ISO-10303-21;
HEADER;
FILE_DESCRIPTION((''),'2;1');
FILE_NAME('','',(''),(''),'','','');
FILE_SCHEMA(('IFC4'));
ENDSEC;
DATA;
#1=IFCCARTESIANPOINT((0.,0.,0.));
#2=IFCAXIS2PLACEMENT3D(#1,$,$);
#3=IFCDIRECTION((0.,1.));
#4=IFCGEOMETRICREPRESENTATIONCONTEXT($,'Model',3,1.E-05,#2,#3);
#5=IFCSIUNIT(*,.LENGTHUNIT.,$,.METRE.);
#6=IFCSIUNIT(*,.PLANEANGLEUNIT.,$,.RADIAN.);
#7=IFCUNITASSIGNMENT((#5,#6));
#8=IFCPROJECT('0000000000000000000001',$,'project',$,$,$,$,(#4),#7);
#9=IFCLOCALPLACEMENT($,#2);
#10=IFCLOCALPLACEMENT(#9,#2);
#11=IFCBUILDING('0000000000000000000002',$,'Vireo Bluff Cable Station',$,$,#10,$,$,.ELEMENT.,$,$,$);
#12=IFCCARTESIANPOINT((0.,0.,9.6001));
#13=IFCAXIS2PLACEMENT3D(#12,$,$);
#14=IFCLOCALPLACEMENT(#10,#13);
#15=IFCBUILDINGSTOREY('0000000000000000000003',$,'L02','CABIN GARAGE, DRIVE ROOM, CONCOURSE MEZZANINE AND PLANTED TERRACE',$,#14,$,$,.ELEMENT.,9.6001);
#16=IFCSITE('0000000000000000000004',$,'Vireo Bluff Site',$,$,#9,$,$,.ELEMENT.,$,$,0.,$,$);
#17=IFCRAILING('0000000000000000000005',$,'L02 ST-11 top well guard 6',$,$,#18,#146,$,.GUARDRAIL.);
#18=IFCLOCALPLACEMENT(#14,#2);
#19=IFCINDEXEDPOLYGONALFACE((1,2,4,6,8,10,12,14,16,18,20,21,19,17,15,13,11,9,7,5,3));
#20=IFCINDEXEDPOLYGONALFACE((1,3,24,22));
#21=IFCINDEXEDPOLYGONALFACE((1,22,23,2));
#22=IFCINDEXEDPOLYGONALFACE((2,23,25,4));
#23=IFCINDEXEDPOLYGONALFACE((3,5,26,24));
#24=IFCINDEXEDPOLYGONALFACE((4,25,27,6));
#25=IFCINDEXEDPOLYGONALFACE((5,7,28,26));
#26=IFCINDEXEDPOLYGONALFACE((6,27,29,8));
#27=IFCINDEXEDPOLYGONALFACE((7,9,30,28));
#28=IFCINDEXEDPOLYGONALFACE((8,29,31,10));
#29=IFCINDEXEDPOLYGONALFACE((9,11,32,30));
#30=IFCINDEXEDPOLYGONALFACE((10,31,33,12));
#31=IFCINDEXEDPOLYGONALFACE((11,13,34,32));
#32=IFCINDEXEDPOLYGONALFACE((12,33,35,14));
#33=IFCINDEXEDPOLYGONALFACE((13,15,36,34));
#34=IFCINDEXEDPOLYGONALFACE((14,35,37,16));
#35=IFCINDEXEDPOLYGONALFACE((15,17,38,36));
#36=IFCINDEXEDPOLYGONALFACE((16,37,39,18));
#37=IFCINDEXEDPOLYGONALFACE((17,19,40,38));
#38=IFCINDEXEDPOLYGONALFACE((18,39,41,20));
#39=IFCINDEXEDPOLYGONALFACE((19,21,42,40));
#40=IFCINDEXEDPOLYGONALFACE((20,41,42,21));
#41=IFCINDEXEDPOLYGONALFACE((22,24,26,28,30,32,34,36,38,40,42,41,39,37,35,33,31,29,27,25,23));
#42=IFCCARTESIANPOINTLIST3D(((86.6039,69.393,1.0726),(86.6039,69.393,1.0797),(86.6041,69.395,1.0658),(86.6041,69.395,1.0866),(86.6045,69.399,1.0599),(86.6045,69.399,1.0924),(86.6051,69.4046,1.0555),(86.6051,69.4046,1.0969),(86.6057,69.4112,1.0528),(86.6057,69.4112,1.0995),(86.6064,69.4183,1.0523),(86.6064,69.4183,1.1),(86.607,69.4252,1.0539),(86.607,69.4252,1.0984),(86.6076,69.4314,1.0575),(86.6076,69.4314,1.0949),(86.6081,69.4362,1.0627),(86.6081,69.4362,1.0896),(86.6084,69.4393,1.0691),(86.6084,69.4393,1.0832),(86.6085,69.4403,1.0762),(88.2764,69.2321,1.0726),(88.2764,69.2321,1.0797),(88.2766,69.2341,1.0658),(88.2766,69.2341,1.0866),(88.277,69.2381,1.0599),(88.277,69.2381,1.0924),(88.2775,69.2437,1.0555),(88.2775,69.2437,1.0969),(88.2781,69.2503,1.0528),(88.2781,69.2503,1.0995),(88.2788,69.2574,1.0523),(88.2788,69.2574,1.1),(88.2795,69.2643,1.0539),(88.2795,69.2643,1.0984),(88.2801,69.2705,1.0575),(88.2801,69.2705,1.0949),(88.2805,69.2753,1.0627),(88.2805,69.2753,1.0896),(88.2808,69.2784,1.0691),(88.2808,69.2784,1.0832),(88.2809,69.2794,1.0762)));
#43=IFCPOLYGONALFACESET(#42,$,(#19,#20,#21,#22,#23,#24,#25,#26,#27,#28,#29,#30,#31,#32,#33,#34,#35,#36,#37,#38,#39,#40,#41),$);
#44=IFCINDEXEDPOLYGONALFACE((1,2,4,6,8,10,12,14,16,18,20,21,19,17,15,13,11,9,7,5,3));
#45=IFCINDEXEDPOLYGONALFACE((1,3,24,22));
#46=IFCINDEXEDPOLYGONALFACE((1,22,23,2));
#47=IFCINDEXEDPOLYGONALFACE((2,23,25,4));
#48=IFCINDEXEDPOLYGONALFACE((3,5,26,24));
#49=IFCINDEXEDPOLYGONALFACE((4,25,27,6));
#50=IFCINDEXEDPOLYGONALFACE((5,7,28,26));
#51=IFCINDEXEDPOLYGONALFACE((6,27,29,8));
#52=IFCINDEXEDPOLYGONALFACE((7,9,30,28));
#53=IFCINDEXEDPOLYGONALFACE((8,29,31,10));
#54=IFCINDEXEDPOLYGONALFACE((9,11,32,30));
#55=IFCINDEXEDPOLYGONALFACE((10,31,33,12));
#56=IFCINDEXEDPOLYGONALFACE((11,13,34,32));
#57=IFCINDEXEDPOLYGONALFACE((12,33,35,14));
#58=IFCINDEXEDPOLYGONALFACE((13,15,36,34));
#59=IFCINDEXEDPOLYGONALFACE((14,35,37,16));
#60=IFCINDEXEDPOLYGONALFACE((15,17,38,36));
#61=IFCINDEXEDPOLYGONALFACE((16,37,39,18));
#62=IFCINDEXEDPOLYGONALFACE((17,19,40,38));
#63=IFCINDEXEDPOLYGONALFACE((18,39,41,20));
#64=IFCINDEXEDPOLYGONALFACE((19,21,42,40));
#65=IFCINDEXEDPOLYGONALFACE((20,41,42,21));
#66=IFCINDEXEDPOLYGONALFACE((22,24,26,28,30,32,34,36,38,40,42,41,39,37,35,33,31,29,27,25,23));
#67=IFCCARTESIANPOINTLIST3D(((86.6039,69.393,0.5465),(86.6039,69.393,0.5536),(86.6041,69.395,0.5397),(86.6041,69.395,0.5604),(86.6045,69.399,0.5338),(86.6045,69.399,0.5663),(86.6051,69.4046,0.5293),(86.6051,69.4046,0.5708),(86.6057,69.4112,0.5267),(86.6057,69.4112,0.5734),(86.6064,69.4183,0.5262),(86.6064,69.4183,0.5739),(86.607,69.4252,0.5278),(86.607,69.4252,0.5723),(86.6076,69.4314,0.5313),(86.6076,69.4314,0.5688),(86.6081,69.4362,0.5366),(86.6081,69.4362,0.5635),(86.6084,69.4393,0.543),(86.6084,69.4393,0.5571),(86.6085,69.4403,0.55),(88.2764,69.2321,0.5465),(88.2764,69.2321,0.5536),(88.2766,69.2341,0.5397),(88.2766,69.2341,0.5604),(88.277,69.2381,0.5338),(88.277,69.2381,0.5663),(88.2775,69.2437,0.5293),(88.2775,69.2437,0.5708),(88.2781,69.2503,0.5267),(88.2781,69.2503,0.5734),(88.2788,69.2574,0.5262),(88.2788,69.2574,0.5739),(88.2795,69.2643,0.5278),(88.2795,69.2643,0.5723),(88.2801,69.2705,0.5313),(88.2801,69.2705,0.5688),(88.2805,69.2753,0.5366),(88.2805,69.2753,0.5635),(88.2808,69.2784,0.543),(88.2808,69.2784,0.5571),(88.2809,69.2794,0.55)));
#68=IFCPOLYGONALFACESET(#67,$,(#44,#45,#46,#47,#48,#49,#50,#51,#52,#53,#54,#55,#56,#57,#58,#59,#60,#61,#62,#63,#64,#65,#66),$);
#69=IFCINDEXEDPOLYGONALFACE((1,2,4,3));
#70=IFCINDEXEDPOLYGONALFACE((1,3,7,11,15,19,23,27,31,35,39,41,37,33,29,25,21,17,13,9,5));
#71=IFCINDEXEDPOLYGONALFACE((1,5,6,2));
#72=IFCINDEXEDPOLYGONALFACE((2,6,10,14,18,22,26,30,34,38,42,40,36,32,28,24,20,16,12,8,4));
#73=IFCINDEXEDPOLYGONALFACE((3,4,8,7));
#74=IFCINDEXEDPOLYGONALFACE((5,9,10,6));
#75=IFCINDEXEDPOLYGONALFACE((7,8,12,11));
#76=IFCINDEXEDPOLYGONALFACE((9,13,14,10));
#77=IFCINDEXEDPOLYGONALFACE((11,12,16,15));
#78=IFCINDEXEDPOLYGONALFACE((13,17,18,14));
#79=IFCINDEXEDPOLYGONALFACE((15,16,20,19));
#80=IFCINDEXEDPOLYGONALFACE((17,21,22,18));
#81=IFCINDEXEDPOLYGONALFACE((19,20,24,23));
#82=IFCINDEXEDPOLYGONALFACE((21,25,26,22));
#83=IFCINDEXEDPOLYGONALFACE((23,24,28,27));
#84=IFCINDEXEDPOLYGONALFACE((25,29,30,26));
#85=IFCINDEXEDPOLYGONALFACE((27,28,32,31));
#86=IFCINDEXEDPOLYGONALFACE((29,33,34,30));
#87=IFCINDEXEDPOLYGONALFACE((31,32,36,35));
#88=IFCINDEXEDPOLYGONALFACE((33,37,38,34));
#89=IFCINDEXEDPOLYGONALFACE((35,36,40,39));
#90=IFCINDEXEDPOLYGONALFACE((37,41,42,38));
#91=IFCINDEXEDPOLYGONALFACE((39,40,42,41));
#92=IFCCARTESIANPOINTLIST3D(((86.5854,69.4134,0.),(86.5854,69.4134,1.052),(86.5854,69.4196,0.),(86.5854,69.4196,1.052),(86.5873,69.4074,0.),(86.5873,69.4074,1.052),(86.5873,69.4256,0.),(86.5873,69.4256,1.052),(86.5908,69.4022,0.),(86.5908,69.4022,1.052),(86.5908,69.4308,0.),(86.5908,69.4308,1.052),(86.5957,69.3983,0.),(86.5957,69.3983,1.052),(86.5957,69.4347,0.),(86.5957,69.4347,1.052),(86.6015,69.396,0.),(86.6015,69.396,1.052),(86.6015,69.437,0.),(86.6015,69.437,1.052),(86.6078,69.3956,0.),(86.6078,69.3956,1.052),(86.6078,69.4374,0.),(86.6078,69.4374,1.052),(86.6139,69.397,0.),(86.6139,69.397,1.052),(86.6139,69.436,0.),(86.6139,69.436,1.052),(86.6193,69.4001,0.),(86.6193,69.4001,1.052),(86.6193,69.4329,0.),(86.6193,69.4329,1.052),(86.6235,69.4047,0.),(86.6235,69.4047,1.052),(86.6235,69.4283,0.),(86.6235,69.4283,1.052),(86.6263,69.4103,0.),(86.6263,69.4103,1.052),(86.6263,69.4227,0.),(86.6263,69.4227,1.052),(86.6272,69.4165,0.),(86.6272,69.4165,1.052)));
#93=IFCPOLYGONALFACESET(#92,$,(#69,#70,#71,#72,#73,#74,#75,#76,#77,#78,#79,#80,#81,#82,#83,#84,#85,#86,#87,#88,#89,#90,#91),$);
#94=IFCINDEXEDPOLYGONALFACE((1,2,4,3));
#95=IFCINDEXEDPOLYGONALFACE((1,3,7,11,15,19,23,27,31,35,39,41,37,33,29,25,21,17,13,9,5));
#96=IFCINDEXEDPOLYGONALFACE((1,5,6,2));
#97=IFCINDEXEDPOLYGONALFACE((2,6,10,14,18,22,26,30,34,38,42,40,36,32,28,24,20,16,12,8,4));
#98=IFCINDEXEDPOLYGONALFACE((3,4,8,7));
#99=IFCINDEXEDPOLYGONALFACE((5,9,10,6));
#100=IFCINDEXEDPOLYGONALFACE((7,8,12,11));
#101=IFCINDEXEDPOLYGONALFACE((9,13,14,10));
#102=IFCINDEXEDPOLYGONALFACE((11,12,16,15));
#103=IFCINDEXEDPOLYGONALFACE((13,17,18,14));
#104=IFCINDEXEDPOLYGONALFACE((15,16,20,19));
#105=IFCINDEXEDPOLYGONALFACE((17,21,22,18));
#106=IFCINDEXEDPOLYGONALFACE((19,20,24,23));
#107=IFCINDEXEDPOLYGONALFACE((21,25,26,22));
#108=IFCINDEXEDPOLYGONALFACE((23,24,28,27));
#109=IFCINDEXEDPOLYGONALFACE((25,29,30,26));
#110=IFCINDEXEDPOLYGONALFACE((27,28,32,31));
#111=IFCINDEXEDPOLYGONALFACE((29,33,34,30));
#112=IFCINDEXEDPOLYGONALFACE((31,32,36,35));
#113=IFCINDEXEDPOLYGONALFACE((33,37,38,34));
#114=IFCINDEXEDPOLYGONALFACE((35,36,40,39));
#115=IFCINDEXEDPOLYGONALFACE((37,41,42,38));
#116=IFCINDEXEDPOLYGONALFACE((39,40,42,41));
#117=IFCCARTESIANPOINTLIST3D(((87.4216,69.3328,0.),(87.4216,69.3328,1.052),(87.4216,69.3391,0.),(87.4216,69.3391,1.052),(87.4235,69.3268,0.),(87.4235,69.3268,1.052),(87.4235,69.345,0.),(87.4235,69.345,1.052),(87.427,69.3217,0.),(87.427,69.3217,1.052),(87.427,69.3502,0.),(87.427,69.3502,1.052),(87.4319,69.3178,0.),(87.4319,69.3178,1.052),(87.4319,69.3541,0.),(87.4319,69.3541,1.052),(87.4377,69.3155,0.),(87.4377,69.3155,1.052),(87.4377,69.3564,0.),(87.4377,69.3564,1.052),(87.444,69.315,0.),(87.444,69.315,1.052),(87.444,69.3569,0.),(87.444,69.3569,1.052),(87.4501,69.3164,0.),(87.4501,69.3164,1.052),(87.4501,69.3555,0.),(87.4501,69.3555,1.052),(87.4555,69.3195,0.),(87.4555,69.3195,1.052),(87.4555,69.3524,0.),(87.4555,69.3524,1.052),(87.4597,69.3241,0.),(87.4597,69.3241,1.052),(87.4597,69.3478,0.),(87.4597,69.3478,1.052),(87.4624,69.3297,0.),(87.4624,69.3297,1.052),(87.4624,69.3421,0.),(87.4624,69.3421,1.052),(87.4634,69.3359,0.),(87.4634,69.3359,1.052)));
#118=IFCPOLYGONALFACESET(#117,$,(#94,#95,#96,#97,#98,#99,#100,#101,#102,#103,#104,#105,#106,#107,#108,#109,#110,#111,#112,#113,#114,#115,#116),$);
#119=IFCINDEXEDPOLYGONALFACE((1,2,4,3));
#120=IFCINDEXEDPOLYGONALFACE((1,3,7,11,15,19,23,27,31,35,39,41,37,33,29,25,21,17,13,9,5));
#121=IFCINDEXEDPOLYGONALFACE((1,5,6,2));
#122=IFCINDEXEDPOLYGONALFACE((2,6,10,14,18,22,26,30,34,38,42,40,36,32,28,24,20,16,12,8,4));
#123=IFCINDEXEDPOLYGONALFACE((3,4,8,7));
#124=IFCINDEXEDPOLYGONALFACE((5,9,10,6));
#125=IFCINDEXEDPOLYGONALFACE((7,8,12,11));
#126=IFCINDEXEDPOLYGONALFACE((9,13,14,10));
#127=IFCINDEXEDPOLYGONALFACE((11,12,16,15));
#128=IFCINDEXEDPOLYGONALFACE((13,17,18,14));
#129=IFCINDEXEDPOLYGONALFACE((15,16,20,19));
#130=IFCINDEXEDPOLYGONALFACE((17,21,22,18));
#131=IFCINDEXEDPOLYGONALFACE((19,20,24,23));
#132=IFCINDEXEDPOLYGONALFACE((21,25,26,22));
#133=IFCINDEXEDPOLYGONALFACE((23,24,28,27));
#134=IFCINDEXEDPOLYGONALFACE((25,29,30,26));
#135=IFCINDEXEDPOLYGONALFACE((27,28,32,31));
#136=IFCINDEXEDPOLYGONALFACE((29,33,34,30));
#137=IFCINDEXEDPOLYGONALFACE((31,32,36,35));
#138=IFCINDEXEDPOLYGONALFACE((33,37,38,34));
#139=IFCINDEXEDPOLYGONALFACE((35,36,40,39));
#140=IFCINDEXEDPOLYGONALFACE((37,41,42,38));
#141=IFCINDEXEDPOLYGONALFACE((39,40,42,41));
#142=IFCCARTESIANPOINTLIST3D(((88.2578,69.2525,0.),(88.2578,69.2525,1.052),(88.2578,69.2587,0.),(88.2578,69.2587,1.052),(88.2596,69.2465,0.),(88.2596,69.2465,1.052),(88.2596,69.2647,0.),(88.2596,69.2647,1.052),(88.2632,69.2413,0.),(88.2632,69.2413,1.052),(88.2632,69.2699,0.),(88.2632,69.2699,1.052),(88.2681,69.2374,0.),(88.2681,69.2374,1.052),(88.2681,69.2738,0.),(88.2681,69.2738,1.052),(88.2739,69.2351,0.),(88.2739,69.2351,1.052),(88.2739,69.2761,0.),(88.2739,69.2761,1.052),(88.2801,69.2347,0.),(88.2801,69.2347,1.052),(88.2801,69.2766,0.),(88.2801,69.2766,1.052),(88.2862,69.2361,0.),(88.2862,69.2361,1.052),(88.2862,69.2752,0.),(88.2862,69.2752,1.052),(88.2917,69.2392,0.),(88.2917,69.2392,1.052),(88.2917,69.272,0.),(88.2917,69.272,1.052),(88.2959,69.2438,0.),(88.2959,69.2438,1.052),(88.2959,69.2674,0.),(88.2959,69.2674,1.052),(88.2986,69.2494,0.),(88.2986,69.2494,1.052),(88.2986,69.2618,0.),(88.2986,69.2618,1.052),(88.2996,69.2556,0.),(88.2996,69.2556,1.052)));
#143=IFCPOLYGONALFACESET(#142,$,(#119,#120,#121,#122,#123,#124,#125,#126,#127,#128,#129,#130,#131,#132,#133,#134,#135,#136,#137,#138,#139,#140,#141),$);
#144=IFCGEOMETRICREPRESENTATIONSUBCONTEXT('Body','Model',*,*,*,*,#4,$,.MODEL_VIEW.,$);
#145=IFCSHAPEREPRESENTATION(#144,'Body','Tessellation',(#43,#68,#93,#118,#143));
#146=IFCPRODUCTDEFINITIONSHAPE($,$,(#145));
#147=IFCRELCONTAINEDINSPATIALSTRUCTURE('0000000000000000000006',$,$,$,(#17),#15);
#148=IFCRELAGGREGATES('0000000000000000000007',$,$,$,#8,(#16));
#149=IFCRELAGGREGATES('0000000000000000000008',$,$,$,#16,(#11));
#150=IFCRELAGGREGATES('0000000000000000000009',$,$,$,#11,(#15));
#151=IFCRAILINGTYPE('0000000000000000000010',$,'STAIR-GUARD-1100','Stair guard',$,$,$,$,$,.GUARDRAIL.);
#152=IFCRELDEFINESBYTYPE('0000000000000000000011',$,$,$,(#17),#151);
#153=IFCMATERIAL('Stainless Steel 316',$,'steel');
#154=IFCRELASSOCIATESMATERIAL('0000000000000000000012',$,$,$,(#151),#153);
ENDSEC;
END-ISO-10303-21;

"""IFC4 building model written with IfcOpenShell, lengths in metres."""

from ifc_helpers import new_model, si_unit, direction, frame, origin, origin_2d, place, context, subcontext, project, spatial, circle, extrude, material, type_object, element, save


model = new_model("IFC4")

# Units and contexts
model_context = context("Model", 3, precision=1e-05, world=origin(), true_north=direction((0.0, 1.0)))
body_context = subcontext(model_context, "Body", "Model", "MODEL_VIEW")
ifc_project = project(units=[si_unit("LENGTHUNIT", "METRE"), si_unit("PLANEANGLEUNIT", "RADIAN")], contexts=[model_context])

# Site, building, storey
site_placement = place(None, origin())
site = spatial("IfcSite", under=ifc_project, at=site_placement, Name="Vireo Bluff Site", CompositionType="ELEMENT", RefElevation=0.0)
building_placement = place(site_placement, origin())
building = spatial("IfcBuilding", under=site, at=building_placement, Name="Vireo Bluff Cable Station", CompositionType="ELEMENT")
storey_placement = place(building_placement, frame((0.0, 0.0, 9.6001)))
storey = spatial("IfcBuildingStorey", under=building, at=storey_placement, Name="L02", Description="CABIN GARAGE, DRIVE ROOM, CONCOURSE MEZZANINE AND PLANTED TERRACE", CompositionType="ELEMENT", Elevation=9.6001)

# Railing
ifc_material_1 = material(Name="Stainless Steel 316", Category="steel")
railing_type = type_object("IfcRailingType", Name="STAIR-GUARD-1100", Description="Stair guard", PredefinedType="GUARDRAIL", material=ifc_material_1)
railing_1_placement = place(storey_placement, frame((86.6062, 69.4165, 0.0)))
element("IfcRailing", 1, at=railing_1_placement, inside=storey, type_object=railing_type, Name="L02 ST-11 top well guard 6", PredefinedType="GUARDRAIL", context=body_context, shape_type="SweptSolid", body=[
    extrude(circle(Radius=0.0239, at=origin_2d()), frame((0.0, 0.0, 1.0762), z_axis=(0.995404, -0.095762, 0.0), x_axis=(0.095762, 0.995404, 0.0)), (0.0, 0.0, 1.0), 1.6802),
    extrude(circle(Radius=0.0239, at=origin_2d()), frame((0.0, 0.0, 0.55), z_axis=(0.995404, -0.095762, 0.0), x_axis=(0.095762, 0.995404, 0.0)), (0.0, 0.0, 1.0), 1.6802),
    extrude(circle(Radius=0.021, at=origin_2d()), origin(), (0.0, 0.0, 1.0), 1.052),
    extrude(circle(Radius=0.021, at=origin_2d()), frame((0.8362, -0.0806, 0.0)), (0.0, 0.0, 1.0), 1.052),
    extrude(circle(Radius=0.021, at=origin_2d()), frame((1.6724, -0.1609, 0.0)), (0.0, 0.0, 1.0), 1.052),
])

save(model, "model.ifc")
